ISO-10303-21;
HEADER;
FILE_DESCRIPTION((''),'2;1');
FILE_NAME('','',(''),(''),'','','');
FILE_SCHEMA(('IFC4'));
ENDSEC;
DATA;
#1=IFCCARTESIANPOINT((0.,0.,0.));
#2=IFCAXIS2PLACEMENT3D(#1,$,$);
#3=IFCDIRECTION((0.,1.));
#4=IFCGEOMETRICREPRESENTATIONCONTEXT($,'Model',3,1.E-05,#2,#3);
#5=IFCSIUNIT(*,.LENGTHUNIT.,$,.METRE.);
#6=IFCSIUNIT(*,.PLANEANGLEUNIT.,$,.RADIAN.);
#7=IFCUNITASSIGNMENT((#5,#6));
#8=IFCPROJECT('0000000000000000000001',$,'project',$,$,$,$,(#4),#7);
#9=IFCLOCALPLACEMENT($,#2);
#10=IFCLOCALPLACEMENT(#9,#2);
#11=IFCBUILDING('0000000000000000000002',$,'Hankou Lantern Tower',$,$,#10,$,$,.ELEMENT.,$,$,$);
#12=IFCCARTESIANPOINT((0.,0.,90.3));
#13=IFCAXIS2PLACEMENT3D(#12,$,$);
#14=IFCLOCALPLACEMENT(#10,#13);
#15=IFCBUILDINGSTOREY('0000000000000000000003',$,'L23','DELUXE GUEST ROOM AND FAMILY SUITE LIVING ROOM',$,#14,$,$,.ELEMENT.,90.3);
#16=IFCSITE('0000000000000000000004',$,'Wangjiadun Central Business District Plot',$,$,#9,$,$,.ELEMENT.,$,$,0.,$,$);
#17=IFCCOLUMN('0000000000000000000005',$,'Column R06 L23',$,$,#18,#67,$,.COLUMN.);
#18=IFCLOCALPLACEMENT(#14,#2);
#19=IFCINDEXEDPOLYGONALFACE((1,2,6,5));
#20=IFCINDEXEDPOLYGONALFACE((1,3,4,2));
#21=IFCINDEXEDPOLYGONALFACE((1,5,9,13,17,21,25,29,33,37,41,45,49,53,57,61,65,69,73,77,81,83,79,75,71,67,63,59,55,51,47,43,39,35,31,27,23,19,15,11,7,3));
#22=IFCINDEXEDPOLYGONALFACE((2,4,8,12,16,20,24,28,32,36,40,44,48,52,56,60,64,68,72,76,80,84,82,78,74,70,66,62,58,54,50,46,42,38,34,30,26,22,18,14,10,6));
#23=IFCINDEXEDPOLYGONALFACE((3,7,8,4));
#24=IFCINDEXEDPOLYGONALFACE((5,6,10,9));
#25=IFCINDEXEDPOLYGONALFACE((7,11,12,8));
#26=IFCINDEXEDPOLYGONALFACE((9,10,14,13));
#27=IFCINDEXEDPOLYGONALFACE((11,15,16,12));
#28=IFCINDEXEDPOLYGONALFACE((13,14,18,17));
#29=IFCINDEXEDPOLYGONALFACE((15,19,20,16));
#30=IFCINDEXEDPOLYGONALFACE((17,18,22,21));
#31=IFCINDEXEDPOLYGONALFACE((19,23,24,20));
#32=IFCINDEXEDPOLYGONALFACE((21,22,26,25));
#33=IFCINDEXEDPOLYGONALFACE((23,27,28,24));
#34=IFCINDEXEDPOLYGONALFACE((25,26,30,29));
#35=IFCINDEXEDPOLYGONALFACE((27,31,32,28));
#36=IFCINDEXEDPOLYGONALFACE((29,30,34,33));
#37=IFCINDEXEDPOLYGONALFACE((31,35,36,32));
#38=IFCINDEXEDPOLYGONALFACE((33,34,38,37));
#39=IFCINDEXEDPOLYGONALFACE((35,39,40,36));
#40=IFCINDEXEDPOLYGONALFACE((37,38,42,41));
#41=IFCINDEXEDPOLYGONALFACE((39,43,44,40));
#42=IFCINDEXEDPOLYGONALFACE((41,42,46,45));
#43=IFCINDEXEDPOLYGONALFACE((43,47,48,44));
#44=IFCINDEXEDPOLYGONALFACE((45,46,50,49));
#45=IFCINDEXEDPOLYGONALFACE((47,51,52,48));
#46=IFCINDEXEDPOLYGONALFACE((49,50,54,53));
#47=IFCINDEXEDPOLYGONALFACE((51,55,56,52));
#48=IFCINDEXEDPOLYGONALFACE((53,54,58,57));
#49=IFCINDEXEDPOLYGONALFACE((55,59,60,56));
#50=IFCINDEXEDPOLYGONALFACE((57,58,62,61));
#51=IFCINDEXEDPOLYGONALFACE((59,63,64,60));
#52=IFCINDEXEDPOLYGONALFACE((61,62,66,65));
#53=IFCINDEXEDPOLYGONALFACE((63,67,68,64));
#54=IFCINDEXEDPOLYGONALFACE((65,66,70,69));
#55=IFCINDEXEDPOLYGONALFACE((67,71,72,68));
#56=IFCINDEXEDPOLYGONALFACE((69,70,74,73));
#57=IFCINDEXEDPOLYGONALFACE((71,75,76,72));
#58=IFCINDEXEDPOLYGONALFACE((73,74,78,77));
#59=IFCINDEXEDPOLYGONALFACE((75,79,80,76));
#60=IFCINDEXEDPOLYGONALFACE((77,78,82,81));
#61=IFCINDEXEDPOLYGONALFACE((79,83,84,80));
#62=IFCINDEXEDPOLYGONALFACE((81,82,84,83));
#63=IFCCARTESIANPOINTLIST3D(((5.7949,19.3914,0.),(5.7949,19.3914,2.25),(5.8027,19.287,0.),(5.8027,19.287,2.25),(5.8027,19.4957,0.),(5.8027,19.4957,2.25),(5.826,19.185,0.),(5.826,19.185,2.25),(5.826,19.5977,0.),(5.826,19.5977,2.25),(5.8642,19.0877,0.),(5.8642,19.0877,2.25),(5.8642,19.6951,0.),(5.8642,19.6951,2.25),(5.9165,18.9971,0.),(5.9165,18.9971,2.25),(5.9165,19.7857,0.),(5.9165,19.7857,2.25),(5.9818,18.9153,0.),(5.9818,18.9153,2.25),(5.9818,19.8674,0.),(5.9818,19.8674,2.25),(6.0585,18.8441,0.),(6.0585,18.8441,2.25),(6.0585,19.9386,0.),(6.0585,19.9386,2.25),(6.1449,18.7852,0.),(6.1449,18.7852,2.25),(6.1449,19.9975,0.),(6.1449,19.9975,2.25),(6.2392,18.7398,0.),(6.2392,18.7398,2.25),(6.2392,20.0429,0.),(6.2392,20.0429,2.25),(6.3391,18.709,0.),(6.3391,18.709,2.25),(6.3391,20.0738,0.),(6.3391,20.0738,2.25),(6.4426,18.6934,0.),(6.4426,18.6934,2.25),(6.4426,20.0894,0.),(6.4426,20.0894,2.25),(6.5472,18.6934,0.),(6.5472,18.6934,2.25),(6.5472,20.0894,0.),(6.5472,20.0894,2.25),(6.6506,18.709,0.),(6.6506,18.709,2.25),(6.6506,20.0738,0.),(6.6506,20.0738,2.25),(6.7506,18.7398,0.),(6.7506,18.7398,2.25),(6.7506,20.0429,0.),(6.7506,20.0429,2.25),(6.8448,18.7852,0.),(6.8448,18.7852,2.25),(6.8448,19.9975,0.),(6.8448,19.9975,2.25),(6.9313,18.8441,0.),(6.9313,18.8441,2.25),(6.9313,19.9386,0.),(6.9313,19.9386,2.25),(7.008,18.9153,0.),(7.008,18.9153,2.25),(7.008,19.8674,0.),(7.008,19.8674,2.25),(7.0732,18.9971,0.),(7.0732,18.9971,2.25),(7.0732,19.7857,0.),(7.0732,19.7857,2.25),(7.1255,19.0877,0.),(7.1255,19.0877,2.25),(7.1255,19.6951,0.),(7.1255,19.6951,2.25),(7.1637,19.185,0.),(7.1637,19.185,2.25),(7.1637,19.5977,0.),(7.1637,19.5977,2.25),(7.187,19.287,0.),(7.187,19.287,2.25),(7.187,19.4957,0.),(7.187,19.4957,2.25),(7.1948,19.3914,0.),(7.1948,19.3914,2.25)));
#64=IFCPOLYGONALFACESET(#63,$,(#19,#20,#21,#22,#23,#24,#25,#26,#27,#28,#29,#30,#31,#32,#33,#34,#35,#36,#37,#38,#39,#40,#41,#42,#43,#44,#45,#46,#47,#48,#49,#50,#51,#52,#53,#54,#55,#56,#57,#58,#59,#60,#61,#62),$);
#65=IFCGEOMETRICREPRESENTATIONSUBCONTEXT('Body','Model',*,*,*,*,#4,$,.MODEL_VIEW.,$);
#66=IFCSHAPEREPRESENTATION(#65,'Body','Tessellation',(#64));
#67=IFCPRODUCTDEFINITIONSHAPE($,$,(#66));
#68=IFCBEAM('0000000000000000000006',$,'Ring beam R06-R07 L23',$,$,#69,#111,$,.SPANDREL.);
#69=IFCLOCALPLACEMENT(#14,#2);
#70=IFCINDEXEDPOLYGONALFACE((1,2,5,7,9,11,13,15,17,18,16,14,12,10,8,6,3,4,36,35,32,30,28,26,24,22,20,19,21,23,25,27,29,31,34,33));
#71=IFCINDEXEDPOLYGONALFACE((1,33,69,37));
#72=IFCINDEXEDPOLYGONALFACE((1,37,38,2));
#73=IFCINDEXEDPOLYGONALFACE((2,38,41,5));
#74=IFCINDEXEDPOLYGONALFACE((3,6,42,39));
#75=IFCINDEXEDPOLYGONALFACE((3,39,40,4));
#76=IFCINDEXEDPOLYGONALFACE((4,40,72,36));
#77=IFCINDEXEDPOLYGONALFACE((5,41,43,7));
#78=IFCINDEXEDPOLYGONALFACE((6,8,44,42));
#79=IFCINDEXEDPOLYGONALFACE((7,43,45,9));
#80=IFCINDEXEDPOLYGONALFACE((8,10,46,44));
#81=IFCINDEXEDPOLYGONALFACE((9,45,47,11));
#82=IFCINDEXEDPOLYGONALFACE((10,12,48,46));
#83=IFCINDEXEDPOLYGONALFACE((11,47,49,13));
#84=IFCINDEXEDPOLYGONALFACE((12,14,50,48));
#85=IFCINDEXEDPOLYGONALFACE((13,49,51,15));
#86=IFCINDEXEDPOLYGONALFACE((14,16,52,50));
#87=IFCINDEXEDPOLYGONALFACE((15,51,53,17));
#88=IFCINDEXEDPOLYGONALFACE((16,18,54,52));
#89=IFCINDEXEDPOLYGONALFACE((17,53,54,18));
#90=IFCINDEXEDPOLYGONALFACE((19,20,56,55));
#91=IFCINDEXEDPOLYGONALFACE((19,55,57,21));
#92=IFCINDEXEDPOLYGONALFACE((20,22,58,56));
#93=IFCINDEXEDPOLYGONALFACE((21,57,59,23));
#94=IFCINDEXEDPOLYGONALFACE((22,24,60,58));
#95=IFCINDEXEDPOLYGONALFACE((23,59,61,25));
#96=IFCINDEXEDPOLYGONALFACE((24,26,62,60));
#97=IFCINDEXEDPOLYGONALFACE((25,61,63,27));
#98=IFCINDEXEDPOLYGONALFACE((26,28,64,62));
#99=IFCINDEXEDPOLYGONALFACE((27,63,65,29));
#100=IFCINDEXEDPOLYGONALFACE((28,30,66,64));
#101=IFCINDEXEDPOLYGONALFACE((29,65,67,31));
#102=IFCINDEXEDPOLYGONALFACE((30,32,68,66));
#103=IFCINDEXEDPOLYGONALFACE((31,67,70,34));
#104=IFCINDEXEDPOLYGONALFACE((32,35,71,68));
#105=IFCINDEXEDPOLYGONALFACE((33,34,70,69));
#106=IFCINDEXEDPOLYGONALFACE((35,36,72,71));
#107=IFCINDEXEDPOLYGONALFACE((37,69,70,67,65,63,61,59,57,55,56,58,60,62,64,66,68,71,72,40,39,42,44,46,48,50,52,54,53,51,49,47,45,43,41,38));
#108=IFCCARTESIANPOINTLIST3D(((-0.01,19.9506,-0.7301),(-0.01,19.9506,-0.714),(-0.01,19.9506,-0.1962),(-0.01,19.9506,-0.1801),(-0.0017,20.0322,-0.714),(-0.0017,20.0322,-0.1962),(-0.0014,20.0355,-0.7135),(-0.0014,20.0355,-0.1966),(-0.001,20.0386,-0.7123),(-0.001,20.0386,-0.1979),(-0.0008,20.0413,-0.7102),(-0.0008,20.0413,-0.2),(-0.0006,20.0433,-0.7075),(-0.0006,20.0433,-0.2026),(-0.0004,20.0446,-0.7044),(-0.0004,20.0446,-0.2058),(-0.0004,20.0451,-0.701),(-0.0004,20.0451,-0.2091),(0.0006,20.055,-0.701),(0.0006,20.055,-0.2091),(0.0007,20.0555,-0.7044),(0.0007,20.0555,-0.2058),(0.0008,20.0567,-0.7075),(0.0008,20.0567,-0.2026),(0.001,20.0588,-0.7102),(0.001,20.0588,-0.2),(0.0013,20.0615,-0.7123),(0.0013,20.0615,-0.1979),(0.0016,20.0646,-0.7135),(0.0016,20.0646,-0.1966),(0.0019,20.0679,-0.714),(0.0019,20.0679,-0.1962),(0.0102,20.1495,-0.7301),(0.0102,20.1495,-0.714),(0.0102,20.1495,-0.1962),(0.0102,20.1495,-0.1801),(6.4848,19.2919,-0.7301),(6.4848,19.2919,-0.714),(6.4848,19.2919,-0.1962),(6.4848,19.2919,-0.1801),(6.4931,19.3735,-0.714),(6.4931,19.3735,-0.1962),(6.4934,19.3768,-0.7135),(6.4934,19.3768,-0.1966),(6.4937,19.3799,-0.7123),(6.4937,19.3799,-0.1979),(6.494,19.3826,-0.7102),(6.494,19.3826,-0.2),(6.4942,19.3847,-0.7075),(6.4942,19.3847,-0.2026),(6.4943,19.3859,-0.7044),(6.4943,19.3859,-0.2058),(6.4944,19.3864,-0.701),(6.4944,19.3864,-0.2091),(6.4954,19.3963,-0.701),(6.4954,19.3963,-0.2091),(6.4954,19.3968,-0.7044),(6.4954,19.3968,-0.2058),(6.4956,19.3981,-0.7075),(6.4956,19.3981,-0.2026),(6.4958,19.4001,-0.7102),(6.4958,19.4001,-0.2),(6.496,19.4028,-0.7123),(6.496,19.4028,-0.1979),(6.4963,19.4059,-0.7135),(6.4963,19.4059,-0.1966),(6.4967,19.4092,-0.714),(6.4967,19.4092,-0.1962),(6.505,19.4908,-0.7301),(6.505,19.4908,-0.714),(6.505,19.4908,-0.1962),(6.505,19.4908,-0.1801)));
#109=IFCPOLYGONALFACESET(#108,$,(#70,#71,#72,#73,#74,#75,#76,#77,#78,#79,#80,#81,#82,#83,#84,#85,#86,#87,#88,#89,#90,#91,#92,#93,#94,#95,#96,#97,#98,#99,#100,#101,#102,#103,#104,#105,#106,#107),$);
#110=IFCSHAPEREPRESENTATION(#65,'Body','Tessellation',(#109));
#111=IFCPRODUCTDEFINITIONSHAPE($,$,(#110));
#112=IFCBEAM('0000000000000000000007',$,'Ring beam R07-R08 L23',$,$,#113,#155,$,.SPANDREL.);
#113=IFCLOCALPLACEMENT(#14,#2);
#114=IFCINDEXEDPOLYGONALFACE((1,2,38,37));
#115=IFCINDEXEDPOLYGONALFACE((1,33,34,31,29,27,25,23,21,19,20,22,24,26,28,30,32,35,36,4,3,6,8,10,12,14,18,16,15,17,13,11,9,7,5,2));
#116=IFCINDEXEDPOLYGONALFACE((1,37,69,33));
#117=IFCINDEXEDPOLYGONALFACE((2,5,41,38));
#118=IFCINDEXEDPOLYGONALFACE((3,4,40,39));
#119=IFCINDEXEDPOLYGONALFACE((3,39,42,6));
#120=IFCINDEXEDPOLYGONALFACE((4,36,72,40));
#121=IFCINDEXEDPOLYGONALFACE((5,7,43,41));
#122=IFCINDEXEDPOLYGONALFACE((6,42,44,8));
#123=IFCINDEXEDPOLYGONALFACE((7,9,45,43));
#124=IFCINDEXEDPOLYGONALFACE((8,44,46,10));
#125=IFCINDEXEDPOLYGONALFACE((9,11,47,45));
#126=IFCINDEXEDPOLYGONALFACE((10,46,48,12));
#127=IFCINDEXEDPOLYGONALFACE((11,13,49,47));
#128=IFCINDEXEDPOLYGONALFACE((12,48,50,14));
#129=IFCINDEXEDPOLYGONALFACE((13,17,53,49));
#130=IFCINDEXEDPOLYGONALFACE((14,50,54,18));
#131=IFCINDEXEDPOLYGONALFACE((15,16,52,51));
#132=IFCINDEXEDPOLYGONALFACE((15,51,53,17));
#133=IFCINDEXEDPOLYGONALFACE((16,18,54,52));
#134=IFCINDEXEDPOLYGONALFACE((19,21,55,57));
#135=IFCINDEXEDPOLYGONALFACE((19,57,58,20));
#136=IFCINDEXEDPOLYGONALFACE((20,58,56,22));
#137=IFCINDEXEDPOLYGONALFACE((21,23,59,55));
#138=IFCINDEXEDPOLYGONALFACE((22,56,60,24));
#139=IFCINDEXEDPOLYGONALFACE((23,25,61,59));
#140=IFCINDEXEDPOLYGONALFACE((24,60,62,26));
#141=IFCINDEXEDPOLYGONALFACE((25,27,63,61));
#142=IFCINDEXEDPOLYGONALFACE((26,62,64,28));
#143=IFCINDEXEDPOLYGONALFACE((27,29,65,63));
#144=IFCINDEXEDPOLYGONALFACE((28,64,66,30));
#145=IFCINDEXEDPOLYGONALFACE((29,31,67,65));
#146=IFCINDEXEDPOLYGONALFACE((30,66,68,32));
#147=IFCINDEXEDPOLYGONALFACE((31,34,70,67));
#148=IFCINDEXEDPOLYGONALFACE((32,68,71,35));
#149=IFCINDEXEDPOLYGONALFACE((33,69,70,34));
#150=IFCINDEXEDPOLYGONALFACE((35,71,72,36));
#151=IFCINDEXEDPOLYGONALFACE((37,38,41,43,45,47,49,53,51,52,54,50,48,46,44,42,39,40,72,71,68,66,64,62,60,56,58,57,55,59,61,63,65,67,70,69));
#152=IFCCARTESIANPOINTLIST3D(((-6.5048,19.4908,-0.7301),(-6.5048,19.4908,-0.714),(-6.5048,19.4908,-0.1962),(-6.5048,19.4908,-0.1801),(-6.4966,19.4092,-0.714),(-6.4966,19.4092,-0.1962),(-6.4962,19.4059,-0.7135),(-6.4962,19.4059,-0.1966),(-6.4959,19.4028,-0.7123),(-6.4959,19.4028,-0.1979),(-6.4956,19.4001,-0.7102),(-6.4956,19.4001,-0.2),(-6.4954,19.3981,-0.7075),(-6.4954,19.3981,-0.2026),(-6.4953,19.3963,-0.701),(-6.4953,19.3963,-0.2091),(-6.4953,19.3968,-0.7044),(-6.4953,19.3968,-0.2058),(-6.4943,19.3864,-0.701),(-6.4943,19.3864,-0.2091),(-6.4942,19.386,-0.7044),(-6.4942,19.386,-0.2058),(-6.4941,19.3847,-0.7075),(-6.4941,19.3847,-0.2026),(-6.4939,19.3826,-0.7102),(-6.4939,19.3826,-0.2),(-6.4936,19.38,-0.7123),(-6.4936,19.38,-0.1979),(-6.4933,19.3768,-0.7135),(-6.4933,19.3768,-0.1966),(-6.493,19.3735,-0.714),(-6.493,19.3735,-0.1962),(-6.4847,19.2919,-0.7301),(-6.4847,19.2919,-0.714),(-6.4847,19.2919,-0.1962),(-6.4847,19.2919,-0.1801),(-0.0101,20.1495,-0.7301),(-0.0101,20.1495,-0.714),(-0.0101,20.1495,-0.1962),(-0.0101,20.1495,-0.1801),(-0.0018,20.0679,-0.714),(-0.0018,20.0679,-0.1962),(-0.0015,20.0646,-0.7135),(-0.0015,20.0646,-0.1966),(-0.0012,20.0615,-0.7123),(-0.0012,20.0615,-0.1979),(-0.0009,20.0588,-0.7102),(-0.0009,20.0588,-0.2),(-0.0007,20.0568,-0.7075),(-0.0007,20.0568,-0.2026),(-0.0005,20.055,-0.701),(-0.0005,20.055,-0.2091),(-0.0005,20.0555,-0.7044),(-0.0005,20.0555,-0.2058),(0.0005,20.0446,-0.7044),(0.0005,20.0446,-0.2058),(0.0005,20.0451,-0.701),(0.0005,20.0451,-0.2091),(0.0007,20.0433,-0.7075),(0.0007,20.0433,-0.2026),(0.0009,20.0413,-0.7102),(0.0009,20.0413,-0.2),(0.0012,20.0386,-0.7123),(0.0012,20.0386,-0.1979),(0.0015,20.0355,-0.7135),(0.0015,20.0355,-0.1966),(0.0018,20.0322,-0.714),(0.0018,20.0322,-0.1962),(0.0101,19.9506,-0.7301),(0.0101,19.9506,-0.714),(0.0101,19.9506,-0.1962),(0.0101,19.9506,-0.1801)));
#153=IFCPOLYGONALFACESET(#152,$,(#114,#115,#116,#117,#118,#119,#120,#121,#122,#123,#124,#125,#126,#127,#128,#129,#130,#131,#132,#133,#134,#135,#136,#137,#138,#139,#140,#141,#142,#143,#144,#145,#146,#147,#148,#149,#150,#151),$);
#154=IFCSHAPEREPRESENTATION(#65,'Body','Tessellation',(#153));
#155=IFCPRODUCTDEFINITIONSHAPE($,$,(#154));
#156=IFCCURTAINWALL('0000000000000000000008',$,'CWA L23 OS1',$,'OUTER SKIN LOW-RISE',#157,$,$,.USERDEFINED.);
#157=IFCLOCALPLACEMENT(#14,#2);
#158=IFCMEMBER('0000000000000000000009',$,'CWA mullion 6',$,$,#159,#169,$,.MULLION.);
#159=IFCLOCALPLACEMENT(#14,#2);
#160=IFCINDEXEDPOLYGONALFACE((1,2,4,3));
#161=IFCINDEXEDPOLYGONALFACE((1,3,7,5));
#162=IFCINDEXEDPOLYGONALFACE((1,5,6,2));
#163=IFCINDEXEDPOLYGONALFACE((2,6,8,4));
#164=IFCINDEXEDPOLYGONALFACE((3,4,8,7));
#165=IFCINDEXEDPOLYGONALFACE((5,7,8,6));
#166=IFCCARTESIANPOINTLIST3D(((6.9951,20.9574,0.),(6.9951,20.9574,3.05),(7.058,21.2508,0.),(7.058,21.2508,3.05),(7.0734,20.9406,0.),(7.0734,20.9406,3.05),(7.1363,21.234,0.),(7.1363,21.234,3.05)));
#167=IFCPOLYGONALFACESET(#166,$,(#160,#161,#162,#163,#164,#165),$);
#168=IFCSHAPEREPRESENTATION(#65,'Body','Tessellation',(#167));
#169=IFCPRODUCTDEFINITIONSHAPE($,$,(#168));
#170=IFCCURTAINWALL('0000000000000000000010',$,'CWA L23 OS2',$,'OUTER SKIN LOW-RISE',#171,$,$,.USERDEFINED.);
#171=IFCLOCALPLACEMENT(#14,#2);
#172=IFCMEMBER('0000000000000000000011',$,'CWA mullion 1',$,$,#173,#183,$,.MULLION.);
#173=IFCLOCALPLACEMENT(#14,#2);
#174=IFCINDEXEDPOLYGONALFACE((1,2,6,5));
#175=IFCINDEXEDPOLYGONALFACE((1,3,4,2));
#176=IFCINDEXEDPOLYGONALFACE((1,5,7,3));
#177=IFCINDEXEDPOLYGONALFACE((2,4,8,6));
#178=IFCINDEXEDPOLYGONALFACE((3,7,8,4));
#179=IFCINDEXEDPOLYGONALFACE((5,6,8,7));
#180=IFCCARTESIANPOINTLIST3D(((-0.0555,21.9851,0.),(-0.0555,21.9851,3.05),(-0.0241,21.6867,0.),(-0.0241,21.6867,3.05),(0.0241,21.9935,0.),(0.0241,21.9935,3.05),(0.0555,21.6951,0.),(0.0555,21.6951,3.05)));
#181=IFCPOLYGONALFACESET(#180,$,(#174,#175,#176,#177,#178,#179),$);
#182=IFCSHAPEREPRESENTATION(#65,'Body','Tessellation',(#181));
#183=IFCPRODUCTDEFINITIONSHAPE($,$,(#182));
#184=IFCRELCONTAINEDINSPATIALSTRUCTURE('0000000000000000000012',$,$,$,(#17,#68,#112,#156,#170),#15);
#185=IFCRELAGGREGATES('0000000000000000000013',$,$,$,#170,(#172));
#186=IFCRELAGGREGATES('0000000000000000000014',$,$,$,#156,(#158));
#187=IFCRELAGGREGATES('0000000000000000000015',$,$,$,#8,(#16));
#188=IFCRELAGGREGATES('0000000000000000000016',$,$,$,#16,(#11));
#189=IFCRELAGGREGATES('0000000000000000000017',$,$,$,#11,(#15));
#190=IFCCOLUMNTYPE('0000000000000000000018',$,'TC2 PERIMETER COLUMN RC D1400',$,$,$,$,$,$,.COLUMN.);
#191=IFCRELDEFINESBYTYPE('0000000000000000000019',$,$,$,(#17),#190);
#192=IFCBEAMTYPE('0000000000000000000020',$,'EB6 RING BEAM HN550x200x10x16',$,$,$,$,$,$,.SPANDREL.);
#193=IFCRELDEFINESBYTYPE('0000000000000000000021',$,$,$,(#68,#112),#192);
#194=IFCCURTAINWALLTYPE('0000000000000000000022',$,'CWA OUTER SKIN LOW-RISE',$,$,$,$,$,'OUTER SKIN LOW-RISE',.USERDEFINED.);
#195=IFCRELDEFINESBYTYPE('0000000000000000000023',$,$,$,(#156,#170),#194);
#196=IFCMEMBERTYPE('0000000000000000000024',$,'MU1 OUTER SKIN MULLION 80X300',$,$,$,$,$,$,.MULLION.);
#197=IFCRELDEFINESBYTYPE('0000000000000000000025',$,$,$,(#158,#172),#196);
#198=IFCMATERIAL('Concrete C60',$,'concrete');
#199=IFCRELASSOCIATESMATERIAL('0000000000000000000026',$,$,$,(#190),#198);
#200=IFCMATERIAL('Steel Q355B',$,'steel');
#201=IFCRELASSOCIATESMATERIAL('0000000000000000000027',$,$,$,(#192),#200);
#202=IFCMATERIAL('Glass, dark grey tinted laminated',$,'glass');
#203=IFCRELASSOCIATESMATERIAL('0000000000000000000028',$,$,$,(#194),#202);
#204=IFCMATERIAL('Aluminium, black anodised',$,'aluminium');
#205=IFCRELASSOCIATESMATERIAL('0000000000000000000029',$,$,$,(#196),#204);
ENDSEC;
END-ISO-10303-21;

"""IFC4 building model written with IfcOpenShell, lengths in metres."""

from ifc_helpers import new_model, si_unit, direction, frame, origin, origin_2d, place, context, subcontext, project, spatial, rectangle, circle, i_section, extrude, clip, halfspace, material, material_profile, profile_set, type_object, element, aggregate, save


model = new_model("IFC4")

# Units and contexts
model_context = context("Model", 3, precision=1e-05, world=origin(), true_north=direction((0.0, 1.0)))
body_context = subcontext(model_context, "Body", "Model", "MODEL_VIEW")
ifc_project = project(units=[si_unit("LENGTHUNIT", "METRE"), si_unit("PLANEANGLEUNIT", "RADIAN")], contexts=[model_context])

# Site, building, storey
site_placement = place(None, origin())
site = spatial("IfcSite", under=ifc_project, at=site_placement, Name="Wangjiadun Central Business District Plot", CompositionType="ELEMENT", RefElevation=0.0)
building_placement = place(site_placement, origin())
building = spatial("IfcBuilding", under=site, at=building_placement, Name="Hankou Lantern Tower", CompositionType="ELEMENT")
storey_placement = place(building_placement, frame((0.0, 0.0, 90.3)))
storey = spatial("IfcBuildingStorey", under=building, at=storey_placement, Name="L23", Description="DELUXE GUEST ROOM AND FAMILY SUITE LIVING ROOM", CompositionType="ELEMENT", Elevation=90.3)

# Column
ifc_material_1 = material(Name="Concrete C60", Category="concrete")
ifc_material_profile_1 = material_profile(ifc_material_1, circle(Radius=0.7, at=origin_2d()), Name="RC D1400")
ifc_profile_set_1 = profile_set([ifc_material_profile_1], Name="Concrete C60")
column_type = type_object("IfcColumnType", Name="TC2 PERIMETER COLUMN RC D1400", PredefinedType="COLUMN", material=ifc_profile_set_1)
column_placement = place(storey_placement, frame((6.4949, 19.3914, 0.0), z_axis=(0.0, 0.0, 1.0), x_axis=(1.0, 0.0, 0.0)))
element("IfcColumn", 1, at=column_placement, inside=storey, type_object=column_type, Name="Column R06 L23", PredefinedType="COLUMN", context=body_context, shape_type="Clipping", body=[
    clip(extrude(circle(Radius=0.7, at=origin_2d()), origin(), (0.0, 0.0, 1.0), 3.3), halfspace(frame((0.0, 0.0, 2.25), z_axis=(0.0, 0.0, 1.0), x_axis=(1.0, 0.0, 0.0)), False)),
])

# Beams
ifc_material_2 = material(Name="Steel Q355B", Category="steel")
ifc_material_profile_2 = material_profile(ifc_material_2, i_section(OverallWidth=0.2, OverallDepth=0.55, WebThickness=0.01, FlangeThickness=0.0161, FilletRadius=0.0129, at=origin_2d()), Name="HN550x200x10x16")
ifc_profile_set_2 = profile_set([ifc_material_profile_2], Name="Steel Q355B")
beam_type_1 = type_object("IfcBeamType", Name="EB6 RING BEAM HN550x200x10x16", PredefinedType="SPANDREL", material=ifc_profile_set_2)
for number, where, z_axis, x_axis, name in (
    (2, (6.4949, 19.3914, -0.4551), (-0.994897, 0.1009, 0.0), (-0.1009, -0.994897, 0.0), "Ring beam R06-R07 L23"),
    (3, (0.0, 20.05, -0.4551), (-0.994897, -0.1009, 0.0), (0.1009, -0.994897, 0.0), "Ring beam R07-R08 L23"),
):
    element("IfcBeam", number, at=place(storey_placement, frame(where, z_axis=z_axis, x_axis=x_axis)), inside=storey, type_object=beam_type_1, Name=name, PredefinedType="SPANDREL", context=body_context, shape_type="SweptSolid", body=[
        extrude(i_section(OverallWidth=0.2, OverallDepth=0.55, WebThickness=0.01, FlangeThickness=0.0161, FilletRadius=0.0129, at=origin_2d()), origin(), (0.0, 0.0, 1.0), 6.5281),
    ])

# Curtain walls, members
ifc_material_3 = material(Name="Glass, dark grey tinted laminated", Category="glass")
curtain_wall_type = type_object("IfcCurtainWallType", Name="CWA OUTER SKIN LOW-RISE", ElementType="OUTER SKIN LOW-RISE", PredefinedType="USERDEFINED", material=ifc_material_3)
curtain_wall_1_placement = place(storey_placement, origin())
curtain_wall_1 = element("IfcCurtainWall", 4, at=curtain_wall_1_placement, inside=storey, type_object=curtain_wall_type, Name="CWA L23 OS1", ObjectType="OUTER SKIN LOW-RISE", PredefinedType="USERDEFINED")
ifc_material_4 = material(Name="Aluminium, black anodised", Category="aluminium")
ifc_material_profile_3 = material_profile(ifc_material_4, rectangle(XDim=0.0801, YDim=0.3, at=origin_2d()), Name="MU1 80X300")
ifc_profile_set_3 = profile_set([ifc_material_profile_3], Name="Aluminium, black anodised")
member_type_1 = type_object("IfcMemberType", Name="MU1 OUTER SKIN MULLION 80X300", PredefinedType="MULLION", material=ifc_profile_set_3)
member_1_placement = place(storey_placement, frame((7.0657, 21.0957, 0.0), z_axis=(0.0, 0.0, 1.0), x_axis=(-0.977788, 0.209598, 0.0)))
member_1 = element("IfcMember", 5, at=member_1_placement, type_object=member_type_1, Name="CWA mullion 6", PredefinedType="MULLION", context=body_context, shape_type="SweptSolid", body=[
    extrude(rectangle(XDim=0.0801, YDim=0.3, at=origin_2d()), origin(), (0.0, 0.0, 1.0), 3.05),
])
curtain_wall_2_placement = place(storey_placement, origin())
curtain_wall_2 = element("IfcCurtainWall", 6, at=curtain_wall_2_placement, inside=storey, type_object=curtain_wall_type, Name="CWA L23 OS2", ObjectType="OUTER SKIN LOW-RISE", PredefinedType="USERDEFINED")
member_2_placement = place(storey_placement, frame((0.0, 21.8401, 0.0), z_axis=(0.0, 0.0, 1.0), x_axis=(-0.994499, -0.104743, 0.0)))
member_2 = element("IfcMember", 7, at=member_2_placement, type_object=member_type_1, Name="CWA mullion 1", PredefinedType="MULLION", context=body_context, shape_type="SweptSolid", body=[
    extrude(rectangle(XDim=0.0801, YDim=0.3, at=origin_2d()), origin(), (0.0, 0.0, 1.0), 3.05),
])
aggregate(curtain_wall_2, [member_2])

aggregate(curtain_wall_1, [member_1])

save(model, "model.ifc")
